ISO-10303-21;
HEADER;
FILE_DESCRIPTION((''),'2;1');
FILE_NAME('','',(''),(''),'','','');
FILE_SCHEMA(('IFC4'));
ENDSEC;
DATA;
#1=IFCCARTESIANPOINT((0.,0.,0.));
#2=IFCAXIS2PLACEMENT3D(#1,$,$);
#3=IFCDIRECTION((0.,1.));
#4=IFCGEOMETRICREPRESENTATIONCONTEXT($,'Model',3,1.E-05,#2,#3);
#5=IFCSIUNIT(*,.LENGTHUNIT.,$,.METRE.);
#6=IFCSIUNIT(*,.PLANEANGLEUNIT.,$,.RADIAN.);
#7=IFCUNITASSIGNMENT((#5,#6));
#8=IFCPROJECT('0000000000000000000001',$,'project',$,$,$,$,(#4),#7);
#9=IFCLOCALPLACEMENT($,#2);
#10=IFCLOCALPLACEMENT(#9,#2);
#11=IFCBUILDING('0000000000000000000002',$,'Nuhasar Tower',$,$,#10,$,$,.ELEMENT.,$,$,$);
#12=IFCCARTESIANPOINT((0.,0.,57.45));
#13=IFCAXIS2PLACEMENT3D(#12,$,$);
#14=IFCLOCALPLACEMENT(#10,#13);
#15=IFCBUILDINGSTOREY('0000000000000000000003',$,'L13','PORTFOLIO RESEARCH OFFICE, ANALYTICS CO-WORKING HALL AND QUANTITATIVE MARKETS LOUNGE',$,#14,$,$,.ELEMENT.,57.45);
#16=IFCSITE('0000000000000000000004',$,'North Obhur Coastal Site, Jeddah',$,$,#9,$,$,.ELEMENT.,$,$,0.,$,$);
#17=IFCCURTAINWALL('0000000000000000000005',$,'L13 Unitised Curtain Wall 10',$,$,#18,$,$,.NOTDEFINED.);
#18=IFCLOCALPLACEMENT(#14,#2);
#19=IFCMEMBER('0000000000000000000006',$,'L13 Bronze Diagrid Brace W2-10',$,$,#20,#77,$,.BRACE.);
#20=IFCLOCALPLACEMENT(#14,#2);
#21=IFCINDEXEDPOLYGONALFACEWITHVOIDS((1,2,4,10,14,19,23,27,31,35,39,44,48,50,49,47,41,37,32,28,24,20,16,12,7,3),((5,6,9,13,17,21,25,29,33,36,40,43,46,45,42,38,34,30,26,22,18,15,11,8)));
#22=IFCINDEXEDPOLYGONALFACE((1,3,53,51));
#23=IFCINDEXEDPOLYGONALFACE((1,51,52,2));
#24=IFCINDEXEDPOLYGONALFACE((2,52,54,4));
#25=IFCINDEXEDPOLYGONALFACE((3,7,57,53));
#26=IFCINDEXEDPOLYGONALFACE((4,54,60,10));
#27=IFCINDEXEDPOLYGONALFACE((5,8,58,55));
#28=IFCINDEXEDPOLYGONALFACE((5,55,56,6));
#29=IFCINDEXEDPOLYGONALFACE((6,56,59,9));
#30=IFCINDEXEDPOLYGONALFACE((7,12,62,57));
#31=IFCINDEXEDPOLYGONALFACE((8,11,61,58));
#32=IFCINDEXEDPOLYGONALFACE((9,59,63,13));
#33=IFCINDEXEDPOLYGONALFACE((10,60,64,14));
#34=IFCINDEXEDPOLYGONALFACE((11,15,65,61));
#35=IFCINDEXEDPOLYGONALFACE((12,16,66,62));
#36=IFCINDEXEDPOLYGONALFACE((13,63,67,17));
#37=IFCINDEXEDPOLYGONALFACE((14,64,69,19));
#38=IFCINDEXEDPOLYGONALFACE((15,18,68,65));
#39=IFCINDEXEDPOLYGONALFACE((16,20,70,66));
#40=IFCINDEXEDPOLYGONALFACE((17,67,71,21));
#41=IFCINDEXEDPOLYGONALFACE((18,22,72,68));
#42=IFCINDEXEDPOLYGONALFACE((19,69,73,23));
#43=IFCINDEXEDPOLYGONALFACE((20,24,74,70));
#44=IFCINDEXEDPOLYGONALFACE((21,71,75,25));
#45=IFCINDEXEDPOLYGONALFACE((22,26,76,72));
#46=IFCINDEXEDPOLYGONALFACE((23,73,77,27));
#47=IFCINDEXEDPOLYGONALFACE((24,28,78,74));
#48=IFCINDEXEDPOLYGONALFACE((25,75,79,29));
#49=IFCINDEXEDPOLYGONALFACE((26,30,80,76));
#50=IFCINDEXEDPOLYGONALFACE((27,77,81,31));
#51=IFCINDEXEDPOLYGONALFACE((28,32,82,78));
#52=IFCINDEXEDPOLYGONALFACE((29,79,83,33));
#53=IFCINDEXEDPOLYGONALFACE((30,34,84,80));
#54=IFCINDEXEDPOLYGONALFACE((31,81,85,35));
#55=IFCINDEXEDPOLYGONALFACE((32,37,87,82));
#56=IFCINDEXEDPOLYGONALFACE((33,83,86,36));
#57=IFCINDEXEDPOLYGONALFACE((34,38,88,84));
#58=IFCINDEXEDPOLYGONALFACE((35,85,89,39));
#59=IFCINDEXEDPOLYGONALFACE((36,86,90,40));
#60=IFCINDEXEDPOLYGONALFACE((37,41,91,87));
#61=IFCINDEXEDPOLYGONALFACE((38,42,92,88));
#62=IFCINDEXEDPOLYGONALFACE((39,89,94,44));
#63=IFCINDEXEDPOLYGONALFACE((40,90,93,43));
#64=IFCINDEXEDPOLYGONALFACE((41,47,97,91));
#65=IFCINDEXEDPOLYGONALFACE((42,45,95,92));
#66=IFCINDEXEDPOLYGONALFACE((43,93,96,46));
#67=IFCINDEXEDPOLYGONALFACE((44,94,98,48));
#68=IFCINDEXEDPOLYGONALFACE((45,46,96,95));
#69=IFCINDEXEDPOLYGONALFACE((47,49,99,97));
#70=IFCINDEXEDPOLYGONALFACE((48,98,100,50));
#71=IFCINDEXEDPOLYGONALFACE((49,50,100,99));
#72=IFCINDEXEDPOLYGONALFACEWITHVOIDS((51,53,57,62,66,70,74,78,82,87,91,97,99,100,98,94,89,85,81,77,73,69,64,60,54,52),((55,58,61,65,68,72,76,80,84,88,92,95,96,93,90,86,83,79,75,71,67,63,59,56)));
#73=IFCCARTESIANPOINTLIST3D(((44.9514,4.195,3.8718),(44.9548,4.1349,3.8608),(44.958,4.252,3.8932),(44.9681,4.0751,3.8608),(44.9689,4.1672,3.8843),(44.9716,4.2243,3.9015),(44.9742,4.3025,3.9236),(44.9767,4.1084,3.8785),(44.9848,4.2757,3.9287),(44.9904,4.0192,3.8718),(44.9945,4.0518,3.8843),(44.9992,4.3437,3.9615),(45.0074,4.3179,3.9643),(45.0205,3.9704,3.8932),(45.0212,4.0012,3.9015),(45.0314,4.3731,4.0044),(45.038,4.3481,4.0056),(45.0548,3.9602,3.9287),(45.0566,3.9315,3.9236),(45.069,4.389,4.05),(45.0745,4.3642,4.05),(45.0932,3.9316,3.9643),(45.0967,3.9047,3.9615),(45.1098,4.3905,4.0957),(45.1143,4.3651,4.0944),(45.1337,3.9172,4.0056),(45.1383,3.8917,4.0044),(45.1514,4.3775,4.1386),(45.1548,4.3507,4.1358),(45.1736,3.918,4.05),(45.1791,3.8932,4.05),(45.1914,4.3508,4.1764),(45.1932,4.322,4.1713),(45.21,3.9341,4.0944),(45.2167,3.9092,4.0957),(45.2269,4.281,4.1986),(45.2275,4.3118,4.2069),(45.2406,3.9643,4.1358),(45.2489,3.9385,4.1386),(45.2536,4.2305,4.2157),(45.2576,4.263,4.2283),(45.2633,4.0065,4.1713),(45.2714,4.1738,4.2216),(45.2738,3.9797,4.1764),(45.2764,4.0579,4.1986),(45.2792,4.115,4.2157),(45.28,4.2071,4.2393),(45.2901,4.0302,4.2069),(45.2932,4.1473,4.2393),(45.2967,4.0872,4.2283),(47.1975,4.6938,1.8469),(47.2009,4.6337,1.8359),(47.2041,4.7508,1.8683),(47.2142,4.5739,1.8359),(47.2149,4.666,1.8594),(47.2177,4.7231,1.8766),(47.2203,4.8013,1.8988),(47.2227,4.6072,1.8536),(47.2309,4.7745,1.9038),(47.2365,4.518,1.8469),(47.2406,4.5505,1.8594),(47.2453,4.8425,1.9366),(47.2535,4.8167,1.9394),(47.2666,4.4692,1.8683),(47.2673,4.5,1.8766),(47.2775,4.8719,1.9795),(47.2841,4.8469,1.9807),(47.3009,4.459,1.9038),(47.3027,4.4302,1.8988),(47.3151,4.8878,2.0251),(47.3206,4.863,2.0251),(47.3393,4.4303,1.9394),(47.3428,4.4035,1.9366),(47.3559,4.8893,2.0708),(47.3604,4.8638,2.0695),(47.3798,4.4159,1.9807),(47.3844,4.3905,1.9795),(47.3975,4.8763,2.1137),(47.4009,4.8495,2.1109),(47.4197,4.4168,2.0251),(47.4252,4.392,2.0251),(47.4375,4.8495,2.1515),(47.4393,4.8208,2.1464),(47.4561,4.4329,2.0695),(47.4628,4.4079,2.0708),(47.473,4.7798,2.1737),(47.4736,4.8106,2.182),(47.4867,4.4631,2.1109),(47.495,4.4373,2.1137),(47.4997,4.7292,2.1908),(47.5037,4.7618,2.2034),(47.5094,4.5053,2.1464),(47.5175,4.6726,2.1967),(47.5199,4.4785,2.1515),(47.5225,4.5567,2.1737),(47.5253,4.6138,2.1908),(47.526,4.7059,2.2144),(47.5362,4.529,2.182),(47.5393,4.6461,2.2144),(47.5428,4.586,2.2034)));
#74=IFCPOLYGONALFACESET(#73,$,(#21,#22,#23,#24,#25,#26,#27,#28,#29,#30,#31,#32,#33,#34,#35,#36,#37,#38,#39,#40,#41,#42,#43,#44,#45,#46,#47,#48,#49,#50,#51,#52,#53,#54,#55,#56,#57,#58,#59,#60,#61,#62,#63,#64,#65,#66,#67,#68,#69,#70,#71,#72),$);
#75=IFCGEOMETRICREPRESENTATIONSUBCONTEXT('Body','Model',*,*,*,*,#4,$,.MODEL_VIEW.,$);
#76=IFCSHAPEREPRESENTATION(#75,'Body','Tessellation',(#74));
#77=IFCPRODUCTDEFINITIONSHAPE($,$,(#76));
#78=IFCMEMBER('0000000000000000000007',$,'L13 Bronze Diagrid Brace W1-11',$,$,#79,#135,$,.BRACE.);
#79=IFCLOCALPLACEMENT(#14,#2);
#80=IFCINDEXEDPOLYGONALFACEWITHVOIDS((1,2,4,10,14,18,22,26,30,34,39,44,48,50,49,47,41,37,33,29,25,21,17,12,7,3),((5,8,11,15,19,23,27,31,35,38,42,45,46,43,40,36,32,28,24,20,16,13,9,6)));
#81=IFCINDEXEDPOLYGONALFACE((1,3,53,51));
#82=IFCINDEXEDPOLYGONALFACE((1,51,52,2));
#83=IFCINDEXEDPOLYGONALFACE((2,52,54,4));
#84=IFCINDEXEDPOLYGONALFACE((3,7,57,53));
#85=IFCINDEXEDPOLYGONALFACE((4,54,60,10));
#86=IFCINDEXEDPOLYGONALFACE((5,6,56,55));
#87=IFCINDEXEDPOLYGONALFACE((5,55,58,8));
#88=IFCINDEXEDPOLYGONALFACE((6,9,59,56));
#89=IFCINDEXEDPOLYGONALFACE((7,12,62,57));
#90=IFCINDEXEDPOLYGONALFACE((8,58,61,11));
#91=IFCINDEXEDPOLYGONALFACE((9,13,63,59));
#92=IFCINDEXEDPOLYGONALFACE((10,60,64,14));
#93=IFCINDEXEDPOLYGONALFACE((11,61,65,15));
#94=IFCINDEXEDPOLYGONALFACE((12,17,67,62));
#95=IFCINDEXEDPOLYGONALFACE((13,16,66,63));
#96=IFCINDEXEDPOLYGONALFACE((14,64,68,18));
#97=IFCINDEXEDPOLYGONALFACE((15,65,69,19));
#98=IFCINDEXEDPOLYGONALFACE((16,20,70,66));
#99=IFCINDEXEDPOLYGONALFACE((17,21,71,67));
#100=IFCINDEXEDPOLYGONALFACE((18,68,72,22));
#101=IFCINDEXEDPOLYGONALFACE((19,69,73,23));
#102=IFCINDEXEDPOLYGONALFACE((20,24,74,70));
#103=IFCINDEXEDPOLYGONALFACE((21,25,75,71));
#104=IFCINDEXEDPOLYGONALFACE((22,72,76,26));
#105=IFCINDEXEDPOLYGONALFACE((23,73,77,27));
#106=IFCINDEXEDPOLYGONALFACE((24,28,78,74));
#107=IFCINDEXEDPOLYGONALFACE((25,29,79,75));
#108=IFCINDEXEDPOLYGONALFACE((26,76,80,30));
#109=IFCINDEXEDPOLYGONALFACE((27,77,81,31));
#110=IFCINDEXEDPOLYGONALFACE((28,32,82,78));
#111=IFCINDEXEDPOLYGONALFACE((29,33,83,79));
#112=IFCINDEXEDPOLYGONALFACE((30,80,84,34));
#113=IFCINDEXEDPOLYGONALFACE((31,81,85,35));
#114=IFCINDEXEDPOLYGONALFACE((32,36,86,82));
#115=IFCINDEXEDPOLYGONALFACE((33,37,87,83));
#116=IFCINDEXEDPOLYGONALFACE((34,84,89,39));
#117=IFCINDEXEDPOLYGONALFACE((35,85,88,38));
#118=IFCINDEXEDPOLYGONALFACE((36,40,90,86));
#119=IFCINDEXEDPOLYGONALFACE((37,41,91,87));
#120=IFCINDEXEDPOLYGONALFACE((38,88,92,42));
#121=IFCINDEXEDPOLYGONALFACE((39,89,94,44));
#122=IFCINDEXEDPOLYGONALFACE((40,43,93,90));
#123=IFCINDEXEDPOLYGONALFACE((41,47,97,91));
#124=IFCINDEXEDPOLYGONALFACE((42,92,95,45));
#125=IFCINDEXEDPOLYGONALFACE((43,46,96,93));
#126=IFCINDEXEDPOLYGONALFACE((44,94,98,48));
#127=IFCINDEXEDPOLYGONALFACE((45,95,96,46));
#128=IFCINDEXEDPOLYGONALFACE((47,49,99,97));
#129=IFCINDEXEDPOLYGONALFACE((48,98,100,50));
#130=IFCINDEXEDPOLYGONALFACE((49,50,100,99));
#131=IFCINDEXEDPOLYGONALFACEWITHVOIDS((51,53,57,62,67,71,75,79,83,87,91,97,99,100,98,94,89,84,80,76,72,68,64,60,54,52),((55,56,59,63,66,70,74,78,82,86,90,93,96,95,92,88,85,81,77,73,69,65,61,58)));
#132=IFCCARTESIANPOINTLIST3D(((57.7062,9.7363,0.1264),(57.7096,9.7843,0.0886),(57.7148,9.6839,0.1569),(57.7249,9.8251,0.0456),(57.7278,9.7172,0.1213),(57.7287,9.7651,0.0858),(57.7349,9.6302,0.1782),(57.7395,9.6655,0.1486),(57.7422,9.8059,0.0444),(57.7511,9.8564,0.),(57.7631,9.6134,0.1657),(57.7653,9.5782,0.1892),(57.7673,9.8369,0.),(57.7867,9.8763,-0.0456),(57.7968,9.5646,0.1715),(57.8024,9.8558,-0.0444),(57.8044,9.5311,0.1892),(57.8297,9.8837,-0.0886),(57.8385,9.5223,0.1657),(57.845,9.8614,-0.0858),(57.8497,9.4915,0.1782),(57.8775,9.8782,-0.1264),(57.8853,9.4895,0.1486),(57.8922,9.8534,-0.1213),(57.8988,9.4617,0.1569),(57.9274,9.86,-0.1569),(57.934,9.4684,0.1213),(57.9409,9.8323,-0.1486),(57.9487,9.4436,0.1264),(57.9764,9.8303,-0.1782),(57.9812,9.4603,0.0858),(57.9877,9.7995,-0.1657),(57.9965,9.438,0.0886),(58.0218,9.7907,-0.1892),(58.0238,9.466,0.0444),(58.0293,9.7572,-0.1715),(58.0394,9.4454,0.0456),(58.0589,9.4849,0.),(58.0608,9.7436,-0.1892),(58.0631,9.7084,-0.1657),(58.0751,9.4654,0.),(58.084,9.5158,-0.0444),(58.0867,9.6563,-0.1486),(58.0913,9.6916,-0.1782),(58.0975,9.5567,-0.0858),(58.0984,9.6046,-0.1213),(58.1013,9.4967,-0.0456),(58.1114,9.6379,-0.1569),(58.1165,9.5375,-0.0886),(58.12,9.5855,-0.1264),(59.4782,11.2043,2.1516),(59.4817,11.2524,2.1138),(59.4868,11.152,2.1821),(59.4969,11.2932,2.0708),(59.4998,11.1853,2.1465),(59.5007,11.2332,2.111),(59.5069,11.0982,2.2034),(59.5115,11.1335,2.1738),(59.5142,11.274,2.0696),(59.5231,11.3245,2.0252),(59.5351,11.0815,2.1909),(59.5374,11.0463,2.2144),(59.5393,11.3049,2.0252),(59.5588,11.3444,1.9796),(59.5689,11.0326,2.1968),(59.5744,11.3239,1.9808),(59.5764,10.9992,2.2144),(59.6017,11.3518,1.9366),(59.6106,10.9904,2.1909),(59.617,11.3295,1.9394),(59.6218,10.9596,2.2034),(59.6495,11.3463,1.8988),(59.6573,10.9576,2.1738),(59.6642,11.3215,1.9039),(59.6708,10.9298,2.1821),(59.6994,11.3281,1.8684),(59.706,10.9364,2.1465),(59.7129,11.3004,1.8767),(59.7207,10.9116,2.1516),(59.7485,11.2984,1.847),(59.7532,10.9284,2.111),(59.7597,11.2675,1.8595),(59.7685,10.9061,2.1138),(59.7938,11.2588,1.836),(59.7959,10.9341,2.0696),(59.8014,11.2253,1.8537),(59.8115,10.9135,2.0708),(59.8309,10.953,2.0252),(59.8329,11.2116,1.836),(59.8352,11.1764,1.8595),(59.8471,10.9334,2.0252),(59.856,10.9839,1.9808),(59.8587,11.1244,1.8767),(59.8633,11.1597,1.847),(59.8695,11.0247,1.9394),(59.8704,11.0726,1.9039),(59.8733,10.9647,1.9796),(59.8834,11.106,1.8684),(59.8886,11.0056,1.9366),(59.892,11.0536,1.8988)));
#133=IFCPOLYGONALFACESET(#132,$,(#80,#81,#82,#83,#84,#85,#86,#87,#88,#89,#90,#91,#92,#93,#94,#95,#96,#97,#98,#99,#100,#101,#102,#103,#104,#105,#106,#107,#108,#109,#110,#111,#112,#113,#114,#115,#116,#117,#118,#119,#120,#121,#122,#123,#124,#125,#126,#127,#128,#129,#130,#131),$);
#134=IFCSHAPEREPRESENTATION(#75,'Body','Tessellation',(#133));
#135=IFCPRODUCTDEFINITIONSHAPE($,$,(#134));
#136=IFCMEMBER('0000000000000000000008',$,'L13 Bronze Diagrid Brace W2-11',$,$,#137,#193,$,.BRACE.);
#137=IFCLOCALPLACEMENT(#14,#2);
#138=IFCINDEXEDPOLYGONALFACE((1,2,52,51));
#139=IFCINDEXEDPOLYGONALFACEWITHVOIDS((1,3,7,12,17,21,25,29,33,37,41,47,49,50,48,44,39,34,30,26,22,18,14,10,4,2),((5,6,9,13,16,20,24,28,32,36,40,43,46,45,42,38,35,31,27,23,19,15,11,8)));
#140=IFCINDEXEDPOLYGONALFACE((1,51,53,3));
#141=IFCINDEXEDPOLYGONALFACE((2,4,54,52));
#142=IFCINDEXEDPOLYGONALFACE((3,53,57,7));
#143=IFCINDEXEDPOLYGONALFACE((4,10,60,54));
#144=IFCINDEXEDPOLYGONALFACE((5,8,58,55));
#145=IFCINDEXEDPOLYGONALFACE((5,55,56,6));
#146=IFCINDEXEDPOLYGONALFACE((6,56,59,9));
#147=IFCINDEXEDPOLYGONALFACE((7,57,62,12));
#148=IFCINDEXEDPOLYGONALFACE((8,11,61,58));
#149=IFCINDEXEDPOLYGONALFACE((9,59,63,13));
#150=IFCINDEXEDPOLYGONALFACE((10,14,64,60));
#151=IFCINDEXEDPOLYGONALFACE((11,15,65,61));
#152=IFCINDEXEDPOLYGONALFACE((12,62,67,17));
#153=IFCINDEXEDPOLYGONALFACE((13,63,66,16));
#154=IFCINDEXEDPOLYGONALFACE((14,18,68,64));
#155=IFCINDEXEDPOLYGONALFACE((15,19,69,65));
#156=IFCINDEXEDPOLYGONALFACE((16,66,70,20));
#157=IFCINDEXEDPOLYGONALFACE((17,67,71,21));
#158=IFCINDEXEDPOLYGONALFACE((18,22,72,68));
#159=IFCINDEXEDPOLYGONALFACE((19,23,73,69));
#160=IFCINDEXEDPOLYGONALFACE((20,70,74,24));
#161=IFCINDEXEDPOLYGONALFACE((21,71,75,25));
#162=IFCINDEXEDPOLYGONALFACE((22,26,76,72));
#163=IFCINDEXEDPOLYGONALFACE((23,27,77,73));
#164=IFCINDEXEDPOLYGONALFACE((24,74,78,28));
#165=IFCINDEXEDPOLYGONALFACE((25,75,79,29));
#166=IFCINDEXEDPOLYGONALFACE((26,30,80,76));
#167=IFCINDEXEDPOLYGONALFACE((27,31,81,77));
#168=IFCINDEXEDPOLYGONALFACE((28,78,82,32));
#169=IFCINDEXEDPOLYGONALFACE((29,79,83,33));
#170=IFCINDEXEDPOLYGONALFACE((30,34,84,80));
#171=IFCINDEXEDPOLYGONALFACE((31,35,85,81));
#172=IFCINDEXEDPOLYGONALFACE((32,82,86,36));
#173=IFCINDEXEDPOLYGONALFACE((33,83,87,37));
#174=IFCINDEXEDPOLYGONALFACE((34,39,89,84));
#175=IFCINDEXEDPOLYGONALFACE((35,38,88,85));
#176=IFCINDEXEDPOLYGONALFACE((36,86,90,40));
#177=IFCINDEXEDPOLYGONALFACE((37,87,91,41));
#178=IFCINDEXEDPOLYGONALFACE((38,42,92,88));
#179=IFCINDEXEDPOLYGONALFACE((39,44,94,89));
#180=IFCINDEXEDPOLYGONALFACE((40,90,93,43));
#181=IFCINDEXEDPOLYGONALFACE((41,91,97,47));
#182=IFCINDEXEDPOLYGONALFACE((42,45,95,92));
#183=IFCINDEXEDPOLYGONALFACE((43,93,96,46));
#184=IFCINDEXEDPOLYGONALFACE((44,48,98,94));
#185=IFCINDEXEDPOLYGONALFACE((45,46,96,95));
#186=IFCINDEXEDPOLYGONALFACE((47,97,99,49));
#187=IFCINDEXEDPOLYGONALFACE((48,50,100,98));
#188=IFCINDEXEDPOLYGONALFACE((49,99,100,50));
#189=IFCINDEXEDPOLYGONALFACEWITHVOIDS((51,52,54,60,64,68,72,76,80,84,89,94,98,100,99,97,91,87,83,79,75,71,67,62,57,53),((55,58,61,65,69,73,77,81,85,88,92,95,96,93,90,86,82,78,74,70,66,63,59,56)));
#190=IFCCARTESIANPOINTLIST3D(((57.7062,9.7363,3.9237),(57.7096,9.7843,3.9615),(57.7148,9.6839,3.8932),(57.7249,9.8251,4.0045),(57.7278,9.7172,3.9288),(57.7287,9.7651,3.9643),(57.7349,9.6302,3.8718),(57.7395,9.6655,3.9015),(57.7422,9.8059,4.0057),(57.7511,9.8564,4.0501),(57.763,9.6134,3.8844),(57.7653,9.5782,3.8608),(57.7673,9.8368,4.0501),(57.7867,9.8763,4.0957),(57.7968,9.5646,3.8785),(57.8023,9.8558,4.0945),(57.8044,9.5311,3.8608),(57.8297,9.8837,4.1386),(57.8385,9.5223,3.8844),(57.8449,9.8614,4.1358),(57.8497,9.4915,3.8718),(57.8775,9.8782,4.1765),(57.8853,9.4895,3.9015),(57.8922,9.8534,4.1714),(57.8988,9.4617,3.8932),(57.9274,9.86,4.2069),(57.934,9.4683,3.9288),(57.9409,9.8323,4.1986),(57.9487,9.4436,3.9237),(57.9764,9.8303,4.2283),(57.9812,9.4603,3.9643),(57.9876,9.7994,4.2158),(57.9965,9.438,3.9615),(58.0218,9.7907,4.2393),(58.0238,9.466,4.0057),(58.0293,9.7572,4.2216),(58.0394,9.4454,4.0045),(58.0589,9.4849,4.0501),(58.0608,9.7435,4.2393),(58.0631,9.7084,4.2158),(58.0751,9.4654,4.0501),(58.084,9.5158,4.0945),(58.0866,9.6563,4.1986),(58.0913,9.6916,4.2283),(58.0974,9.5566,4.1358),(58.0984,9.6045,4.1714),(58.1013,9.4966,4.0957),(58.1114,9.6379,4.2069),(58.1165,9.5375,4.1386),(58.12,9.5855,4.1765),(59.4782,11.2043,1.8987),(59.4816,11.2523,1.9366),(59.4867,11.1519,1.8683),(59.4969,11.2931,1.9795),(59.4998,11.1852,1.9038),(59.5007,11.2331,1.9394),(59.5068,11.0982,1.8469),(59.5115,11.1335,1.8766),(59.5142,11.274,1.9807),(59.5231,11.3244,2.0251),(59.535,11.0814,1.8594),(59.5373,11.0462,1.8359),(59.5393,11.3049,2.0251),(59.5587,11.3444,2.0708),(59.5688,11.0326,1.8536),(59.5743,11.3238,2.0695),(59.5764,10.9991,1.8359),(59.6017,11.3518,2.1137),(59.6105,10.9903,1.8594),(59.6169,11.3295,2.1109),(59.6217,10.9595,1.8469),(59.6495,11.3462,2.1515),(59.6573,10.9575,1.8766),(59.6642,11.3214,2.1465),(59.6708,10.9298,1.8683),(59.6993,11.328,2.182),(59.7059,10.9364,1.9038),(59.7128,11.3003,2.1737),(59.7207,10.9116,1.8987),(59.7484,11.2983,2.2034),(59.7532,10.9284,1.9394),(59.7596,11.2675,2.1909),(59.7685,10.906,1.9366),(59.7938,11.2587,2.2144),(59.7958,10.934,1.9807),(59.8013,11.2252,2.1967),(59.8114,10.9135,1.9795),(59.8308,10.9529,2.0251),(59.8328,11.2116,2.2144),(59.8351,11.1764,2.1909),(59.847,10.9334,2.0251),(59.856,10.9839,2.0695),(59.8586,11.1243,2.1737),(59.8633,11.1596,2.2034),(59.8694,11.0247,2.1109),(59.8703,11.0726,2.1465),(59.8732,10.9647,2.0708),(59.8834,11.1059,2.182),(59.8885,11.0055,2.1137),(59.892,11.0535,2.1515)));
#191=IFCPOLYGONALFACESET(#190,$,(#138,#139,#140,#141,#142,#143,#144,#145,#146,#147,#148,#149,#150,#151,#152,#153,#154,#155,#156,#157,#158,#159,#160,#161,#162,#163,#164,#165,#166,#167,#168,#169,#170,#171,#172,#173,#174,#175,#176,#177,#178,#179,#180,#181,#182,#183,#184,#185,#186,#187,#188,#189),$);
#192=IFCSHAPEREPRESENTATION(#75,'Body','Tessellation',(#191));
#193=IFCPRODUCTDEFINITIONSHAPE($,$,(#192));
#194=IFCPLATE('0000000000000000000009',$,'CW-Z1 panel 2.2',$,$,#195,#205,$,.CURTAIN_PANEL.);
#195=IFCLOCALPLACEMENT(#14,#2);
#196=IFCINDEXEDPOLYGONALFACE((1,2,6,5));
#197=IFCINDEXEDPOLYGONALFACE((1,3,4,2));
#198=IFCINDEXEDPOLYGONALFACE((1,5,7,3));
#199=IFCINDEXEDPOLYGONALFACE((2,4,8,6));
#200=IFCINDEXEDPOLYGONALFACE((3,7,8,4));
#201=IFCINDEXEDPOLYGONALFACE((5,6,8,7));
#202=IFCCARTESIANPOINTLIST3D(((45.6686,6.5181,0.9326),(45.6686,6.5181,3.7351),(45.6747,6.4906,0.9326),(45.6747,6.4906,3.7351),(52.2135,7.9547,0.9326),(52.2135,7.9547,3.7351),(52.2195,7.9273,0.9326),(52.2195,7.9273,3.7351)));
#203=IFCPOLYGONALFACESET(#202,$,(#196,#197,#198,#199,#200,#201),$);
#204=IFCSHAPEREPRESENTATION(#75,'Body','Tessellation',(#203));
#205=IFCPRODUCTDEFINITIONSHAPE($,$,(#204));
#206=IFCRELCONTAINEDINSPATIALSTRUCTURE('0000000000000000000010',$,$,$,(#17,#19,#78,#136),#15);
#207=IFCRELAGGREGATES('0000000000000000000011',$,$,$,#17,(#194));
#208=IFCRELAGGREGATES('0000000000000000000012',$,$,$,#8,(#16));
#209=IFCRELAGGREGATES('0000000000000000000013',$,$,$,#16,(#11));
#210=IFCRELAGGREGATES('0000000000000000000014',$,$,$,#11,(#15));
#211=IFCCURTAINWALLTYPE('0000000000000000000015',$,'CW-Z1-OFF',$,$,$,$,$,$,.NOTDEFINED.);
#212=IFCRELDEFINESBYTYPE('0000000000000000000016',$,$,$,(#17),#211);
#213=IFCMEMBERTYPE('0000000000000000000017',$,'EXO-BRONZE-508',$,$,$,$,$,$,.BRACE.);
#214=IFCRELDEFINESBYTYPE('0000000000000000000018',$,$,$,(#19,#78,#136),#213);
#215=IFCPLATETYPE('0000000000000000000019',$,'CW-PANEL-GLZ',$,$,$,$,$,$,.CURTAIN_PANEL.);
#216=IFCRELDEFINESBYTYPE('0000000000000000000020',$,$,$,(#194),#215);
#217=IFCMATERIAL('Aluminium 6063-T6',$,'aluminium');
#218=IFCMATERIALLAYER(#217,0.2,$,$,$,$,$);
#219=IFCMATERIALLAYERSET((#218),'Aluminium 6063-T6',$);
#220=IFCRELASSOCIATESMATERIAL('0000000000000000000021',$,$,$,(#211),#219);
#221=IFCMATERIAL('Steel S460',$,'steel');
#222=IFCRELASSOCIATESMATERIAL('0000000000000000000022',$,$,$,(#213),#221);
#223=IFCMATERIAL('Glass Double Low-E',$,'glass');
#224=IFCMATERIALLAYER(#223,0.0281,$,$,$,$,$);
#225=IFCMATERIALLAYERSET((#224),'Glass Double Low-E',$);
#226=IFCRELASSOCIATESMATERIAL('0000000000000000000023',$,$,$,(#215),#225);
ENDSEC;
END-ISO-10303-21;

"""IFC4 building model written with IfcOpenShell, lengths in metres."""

from ifc_helpers import new_model, si_unit, direction, frame, origin, origin_2d, place, context, subcontext, project, spatial, rectangle, hollow_circle, extrude, material, layer, layer_set, material_profile, profile_set, type_object, element, aggregate, save


model = new_model("IFC4")

# Units and contexts
model_context = context("Model", 3, precision=1e-05, world=origin(), true_north=direction((0.0, 1.0)))
body_context = subcontext(model_context, "Body", "Model", "MODEL_VIEW")
ifc_project = project(units=[si_unit("LENGTHUNIT", "METRE"), si_unit("PLANEANGLEUNIT", "RADIAN")], contexts=[model_context])

# Site, building, storey
site_placement = place(None, origin())
site = spatial("IfcSite", under=ifc_project, at=site_placement, Name="North Obhur Coastal Site, Jeddah", CompositionType="ELEMENT", RefElevation=0.0)
building_placement = place(site_placement, origin())
building = spatial("IfcBuilding", under=site, at=building_placement, Name="Nuhasar Tower", CompositionType="ELEMENT")
storey_placement = place(building_placement, frame((0.0, 0.0, 57.45)))
storey = spatial("IfcBuildingStorey", under=building, at=storey_placement, Name="L13", Description="PORTFOLIO RESEARCH OFFICE, ANALYTICS CO-WORKING HALL AND QUANTITATIVE MARKETS LOUNGE", CompositionType="ELEMENT", Elevation=57.45)

# Curtain wall
ifc_material_1 = material(Name="Aluminium 6063-T6", Category="aluminium")
ifc_layer_1 = layer(ifc_material_1, 0.2)
ifc_layer_set_1 = layer_set([ifc_layer_1], Name="Aluminium 6063-T6")
curtain_wall_type = type_object("IfcCurtainWallType", Name="CW-Z1-OFF", PredefinedType="NOTDEFINED", material=ifc_layer_set_1)
curtain_wall_1_placement = place(storey_placement, origin())
curtain_wall_1 = element("IfcCurtainWall", 1, at=curtain_wall_1_placement, inside=storey, type_object=curtain_wall_type, Name="L13 Unitised Curtain Wall 10", PredefinedType="NOTDEFINED")

# Members
ifc_material_2 = material(Name="Steel S460", Category="steel")
ifc_material_profile_1 = material_profile(ifc_material_2, hollow_circle(Radius=0.2539, WallThickness=0.0254, at=origin_2d()), Name="HSS508X25.4")
ifc_profile_set_1 = profile_set([ifc_material_profile_1], Name="Steel S460")
member_type_1 = type_object("IfcMemberType", Name="EXO-BRONZE-508", PredefinedType="BRACE", material=ifc_profile_set_1)
member_1_placement = place(storey_placement, frame((47.3701, 4.6399, 2.0251), z_axis=(-0.732831, -0.162736, 0.660663), x_axis=(0.216784, -0.97622, 0.0)))
element("IfcMember", 2, at=member_1_placement, inside=storey, type_object=member_type_1, Name="L13 Bronze Diagrid Brace W2-10", PredefinedType="BRACE", context=body_context, shape_type="SweptSolid", body=[
    extrude(hollow_circle(Radius=0.2539, WallThickness=0.0254, at=origin_2d()), origin(), (0.0, 0.0, 1.0), 3.0649),
])
member_2_placement = place(storey_placement, frame((57.9131, 9.6609, 0.0), z_axis=(0.578071, 0.478912, 0.660664), x_axis=(-0.637969, 0.770062, 0.0)))
element("IfcMember", 3, at=member_2_placement, inside=storey, type_object=member_type_1, Name="L13 Bronze Diagrid Brace W1-11", PredefinedType="BRACE", context=body_context, shape_type="SweptSolid", body=[
    extrude(hollow_circle(Radius=0.2539, WallThickness=0.0254, at=origin_2d()), origin(), (0.0, 0.0, 1.0), 3.0654),
])
member_3_placement = place(storey_placement, frame((59.6851, 11.1289, 2.0251), z_axis=(-0.578102, -0.478937, 0.660619), x_axis=(0.637969, -0.770062, 0.0)))
element("IfcMember", 4, at=member_3_placement, inside=storey, type_object=member_type_1, Name="L13 Bronze Diagrid Brace W2-11", PredefinedType="BRACE", context=body_context, shape_type="SweptSolid", body=[
    extrude(hollow_circle(Radius=0.2539, WallThickness=0.0254, at=origin_2d()), origin(), (0.0, 0.0, 1.0), 3.0652),
])

# Plate
ifc_material_3 = material(Name="Glass Double Low-E", Category="glass")
ifc_layer_2 = layer(ifc_material_3, 0.0281)
ifc_layer_set_2 = layer_set([ifc_layer_2], Name="Glass Double Low-E")
plate_type_1 = type_object("IfcPlateType", Name="CW-PANEL-GLZ", PredefinedType="CURTAIN_PANEL", material=ifc_layer_set_2)
plate_1_placement = place(storey_placement, frame((48.9441, 7.2227, 0.9326), z_axis=(0.0, 0.0, 1.0), x_axis=(0.976746, 0.214399, 0.0)))
plate_1 = element("IfcPlate", 5, at=plate_1_placement, type_object=plate_type_1, Name="CW-Z1 panel 2.2", PredefinedType="CURTAIN_PANEL", context=body_context, shape_type="SweptSolid", body=[
    extrude(rectangle(XDim=6.7007, YDim=0.0281, at=origin_2d()), origin(), (0.0, 0.0, 1.0), 2.8025),
])
aggregate(curtain_wall_1, [plate_1])

save(model, "model.ifc")
